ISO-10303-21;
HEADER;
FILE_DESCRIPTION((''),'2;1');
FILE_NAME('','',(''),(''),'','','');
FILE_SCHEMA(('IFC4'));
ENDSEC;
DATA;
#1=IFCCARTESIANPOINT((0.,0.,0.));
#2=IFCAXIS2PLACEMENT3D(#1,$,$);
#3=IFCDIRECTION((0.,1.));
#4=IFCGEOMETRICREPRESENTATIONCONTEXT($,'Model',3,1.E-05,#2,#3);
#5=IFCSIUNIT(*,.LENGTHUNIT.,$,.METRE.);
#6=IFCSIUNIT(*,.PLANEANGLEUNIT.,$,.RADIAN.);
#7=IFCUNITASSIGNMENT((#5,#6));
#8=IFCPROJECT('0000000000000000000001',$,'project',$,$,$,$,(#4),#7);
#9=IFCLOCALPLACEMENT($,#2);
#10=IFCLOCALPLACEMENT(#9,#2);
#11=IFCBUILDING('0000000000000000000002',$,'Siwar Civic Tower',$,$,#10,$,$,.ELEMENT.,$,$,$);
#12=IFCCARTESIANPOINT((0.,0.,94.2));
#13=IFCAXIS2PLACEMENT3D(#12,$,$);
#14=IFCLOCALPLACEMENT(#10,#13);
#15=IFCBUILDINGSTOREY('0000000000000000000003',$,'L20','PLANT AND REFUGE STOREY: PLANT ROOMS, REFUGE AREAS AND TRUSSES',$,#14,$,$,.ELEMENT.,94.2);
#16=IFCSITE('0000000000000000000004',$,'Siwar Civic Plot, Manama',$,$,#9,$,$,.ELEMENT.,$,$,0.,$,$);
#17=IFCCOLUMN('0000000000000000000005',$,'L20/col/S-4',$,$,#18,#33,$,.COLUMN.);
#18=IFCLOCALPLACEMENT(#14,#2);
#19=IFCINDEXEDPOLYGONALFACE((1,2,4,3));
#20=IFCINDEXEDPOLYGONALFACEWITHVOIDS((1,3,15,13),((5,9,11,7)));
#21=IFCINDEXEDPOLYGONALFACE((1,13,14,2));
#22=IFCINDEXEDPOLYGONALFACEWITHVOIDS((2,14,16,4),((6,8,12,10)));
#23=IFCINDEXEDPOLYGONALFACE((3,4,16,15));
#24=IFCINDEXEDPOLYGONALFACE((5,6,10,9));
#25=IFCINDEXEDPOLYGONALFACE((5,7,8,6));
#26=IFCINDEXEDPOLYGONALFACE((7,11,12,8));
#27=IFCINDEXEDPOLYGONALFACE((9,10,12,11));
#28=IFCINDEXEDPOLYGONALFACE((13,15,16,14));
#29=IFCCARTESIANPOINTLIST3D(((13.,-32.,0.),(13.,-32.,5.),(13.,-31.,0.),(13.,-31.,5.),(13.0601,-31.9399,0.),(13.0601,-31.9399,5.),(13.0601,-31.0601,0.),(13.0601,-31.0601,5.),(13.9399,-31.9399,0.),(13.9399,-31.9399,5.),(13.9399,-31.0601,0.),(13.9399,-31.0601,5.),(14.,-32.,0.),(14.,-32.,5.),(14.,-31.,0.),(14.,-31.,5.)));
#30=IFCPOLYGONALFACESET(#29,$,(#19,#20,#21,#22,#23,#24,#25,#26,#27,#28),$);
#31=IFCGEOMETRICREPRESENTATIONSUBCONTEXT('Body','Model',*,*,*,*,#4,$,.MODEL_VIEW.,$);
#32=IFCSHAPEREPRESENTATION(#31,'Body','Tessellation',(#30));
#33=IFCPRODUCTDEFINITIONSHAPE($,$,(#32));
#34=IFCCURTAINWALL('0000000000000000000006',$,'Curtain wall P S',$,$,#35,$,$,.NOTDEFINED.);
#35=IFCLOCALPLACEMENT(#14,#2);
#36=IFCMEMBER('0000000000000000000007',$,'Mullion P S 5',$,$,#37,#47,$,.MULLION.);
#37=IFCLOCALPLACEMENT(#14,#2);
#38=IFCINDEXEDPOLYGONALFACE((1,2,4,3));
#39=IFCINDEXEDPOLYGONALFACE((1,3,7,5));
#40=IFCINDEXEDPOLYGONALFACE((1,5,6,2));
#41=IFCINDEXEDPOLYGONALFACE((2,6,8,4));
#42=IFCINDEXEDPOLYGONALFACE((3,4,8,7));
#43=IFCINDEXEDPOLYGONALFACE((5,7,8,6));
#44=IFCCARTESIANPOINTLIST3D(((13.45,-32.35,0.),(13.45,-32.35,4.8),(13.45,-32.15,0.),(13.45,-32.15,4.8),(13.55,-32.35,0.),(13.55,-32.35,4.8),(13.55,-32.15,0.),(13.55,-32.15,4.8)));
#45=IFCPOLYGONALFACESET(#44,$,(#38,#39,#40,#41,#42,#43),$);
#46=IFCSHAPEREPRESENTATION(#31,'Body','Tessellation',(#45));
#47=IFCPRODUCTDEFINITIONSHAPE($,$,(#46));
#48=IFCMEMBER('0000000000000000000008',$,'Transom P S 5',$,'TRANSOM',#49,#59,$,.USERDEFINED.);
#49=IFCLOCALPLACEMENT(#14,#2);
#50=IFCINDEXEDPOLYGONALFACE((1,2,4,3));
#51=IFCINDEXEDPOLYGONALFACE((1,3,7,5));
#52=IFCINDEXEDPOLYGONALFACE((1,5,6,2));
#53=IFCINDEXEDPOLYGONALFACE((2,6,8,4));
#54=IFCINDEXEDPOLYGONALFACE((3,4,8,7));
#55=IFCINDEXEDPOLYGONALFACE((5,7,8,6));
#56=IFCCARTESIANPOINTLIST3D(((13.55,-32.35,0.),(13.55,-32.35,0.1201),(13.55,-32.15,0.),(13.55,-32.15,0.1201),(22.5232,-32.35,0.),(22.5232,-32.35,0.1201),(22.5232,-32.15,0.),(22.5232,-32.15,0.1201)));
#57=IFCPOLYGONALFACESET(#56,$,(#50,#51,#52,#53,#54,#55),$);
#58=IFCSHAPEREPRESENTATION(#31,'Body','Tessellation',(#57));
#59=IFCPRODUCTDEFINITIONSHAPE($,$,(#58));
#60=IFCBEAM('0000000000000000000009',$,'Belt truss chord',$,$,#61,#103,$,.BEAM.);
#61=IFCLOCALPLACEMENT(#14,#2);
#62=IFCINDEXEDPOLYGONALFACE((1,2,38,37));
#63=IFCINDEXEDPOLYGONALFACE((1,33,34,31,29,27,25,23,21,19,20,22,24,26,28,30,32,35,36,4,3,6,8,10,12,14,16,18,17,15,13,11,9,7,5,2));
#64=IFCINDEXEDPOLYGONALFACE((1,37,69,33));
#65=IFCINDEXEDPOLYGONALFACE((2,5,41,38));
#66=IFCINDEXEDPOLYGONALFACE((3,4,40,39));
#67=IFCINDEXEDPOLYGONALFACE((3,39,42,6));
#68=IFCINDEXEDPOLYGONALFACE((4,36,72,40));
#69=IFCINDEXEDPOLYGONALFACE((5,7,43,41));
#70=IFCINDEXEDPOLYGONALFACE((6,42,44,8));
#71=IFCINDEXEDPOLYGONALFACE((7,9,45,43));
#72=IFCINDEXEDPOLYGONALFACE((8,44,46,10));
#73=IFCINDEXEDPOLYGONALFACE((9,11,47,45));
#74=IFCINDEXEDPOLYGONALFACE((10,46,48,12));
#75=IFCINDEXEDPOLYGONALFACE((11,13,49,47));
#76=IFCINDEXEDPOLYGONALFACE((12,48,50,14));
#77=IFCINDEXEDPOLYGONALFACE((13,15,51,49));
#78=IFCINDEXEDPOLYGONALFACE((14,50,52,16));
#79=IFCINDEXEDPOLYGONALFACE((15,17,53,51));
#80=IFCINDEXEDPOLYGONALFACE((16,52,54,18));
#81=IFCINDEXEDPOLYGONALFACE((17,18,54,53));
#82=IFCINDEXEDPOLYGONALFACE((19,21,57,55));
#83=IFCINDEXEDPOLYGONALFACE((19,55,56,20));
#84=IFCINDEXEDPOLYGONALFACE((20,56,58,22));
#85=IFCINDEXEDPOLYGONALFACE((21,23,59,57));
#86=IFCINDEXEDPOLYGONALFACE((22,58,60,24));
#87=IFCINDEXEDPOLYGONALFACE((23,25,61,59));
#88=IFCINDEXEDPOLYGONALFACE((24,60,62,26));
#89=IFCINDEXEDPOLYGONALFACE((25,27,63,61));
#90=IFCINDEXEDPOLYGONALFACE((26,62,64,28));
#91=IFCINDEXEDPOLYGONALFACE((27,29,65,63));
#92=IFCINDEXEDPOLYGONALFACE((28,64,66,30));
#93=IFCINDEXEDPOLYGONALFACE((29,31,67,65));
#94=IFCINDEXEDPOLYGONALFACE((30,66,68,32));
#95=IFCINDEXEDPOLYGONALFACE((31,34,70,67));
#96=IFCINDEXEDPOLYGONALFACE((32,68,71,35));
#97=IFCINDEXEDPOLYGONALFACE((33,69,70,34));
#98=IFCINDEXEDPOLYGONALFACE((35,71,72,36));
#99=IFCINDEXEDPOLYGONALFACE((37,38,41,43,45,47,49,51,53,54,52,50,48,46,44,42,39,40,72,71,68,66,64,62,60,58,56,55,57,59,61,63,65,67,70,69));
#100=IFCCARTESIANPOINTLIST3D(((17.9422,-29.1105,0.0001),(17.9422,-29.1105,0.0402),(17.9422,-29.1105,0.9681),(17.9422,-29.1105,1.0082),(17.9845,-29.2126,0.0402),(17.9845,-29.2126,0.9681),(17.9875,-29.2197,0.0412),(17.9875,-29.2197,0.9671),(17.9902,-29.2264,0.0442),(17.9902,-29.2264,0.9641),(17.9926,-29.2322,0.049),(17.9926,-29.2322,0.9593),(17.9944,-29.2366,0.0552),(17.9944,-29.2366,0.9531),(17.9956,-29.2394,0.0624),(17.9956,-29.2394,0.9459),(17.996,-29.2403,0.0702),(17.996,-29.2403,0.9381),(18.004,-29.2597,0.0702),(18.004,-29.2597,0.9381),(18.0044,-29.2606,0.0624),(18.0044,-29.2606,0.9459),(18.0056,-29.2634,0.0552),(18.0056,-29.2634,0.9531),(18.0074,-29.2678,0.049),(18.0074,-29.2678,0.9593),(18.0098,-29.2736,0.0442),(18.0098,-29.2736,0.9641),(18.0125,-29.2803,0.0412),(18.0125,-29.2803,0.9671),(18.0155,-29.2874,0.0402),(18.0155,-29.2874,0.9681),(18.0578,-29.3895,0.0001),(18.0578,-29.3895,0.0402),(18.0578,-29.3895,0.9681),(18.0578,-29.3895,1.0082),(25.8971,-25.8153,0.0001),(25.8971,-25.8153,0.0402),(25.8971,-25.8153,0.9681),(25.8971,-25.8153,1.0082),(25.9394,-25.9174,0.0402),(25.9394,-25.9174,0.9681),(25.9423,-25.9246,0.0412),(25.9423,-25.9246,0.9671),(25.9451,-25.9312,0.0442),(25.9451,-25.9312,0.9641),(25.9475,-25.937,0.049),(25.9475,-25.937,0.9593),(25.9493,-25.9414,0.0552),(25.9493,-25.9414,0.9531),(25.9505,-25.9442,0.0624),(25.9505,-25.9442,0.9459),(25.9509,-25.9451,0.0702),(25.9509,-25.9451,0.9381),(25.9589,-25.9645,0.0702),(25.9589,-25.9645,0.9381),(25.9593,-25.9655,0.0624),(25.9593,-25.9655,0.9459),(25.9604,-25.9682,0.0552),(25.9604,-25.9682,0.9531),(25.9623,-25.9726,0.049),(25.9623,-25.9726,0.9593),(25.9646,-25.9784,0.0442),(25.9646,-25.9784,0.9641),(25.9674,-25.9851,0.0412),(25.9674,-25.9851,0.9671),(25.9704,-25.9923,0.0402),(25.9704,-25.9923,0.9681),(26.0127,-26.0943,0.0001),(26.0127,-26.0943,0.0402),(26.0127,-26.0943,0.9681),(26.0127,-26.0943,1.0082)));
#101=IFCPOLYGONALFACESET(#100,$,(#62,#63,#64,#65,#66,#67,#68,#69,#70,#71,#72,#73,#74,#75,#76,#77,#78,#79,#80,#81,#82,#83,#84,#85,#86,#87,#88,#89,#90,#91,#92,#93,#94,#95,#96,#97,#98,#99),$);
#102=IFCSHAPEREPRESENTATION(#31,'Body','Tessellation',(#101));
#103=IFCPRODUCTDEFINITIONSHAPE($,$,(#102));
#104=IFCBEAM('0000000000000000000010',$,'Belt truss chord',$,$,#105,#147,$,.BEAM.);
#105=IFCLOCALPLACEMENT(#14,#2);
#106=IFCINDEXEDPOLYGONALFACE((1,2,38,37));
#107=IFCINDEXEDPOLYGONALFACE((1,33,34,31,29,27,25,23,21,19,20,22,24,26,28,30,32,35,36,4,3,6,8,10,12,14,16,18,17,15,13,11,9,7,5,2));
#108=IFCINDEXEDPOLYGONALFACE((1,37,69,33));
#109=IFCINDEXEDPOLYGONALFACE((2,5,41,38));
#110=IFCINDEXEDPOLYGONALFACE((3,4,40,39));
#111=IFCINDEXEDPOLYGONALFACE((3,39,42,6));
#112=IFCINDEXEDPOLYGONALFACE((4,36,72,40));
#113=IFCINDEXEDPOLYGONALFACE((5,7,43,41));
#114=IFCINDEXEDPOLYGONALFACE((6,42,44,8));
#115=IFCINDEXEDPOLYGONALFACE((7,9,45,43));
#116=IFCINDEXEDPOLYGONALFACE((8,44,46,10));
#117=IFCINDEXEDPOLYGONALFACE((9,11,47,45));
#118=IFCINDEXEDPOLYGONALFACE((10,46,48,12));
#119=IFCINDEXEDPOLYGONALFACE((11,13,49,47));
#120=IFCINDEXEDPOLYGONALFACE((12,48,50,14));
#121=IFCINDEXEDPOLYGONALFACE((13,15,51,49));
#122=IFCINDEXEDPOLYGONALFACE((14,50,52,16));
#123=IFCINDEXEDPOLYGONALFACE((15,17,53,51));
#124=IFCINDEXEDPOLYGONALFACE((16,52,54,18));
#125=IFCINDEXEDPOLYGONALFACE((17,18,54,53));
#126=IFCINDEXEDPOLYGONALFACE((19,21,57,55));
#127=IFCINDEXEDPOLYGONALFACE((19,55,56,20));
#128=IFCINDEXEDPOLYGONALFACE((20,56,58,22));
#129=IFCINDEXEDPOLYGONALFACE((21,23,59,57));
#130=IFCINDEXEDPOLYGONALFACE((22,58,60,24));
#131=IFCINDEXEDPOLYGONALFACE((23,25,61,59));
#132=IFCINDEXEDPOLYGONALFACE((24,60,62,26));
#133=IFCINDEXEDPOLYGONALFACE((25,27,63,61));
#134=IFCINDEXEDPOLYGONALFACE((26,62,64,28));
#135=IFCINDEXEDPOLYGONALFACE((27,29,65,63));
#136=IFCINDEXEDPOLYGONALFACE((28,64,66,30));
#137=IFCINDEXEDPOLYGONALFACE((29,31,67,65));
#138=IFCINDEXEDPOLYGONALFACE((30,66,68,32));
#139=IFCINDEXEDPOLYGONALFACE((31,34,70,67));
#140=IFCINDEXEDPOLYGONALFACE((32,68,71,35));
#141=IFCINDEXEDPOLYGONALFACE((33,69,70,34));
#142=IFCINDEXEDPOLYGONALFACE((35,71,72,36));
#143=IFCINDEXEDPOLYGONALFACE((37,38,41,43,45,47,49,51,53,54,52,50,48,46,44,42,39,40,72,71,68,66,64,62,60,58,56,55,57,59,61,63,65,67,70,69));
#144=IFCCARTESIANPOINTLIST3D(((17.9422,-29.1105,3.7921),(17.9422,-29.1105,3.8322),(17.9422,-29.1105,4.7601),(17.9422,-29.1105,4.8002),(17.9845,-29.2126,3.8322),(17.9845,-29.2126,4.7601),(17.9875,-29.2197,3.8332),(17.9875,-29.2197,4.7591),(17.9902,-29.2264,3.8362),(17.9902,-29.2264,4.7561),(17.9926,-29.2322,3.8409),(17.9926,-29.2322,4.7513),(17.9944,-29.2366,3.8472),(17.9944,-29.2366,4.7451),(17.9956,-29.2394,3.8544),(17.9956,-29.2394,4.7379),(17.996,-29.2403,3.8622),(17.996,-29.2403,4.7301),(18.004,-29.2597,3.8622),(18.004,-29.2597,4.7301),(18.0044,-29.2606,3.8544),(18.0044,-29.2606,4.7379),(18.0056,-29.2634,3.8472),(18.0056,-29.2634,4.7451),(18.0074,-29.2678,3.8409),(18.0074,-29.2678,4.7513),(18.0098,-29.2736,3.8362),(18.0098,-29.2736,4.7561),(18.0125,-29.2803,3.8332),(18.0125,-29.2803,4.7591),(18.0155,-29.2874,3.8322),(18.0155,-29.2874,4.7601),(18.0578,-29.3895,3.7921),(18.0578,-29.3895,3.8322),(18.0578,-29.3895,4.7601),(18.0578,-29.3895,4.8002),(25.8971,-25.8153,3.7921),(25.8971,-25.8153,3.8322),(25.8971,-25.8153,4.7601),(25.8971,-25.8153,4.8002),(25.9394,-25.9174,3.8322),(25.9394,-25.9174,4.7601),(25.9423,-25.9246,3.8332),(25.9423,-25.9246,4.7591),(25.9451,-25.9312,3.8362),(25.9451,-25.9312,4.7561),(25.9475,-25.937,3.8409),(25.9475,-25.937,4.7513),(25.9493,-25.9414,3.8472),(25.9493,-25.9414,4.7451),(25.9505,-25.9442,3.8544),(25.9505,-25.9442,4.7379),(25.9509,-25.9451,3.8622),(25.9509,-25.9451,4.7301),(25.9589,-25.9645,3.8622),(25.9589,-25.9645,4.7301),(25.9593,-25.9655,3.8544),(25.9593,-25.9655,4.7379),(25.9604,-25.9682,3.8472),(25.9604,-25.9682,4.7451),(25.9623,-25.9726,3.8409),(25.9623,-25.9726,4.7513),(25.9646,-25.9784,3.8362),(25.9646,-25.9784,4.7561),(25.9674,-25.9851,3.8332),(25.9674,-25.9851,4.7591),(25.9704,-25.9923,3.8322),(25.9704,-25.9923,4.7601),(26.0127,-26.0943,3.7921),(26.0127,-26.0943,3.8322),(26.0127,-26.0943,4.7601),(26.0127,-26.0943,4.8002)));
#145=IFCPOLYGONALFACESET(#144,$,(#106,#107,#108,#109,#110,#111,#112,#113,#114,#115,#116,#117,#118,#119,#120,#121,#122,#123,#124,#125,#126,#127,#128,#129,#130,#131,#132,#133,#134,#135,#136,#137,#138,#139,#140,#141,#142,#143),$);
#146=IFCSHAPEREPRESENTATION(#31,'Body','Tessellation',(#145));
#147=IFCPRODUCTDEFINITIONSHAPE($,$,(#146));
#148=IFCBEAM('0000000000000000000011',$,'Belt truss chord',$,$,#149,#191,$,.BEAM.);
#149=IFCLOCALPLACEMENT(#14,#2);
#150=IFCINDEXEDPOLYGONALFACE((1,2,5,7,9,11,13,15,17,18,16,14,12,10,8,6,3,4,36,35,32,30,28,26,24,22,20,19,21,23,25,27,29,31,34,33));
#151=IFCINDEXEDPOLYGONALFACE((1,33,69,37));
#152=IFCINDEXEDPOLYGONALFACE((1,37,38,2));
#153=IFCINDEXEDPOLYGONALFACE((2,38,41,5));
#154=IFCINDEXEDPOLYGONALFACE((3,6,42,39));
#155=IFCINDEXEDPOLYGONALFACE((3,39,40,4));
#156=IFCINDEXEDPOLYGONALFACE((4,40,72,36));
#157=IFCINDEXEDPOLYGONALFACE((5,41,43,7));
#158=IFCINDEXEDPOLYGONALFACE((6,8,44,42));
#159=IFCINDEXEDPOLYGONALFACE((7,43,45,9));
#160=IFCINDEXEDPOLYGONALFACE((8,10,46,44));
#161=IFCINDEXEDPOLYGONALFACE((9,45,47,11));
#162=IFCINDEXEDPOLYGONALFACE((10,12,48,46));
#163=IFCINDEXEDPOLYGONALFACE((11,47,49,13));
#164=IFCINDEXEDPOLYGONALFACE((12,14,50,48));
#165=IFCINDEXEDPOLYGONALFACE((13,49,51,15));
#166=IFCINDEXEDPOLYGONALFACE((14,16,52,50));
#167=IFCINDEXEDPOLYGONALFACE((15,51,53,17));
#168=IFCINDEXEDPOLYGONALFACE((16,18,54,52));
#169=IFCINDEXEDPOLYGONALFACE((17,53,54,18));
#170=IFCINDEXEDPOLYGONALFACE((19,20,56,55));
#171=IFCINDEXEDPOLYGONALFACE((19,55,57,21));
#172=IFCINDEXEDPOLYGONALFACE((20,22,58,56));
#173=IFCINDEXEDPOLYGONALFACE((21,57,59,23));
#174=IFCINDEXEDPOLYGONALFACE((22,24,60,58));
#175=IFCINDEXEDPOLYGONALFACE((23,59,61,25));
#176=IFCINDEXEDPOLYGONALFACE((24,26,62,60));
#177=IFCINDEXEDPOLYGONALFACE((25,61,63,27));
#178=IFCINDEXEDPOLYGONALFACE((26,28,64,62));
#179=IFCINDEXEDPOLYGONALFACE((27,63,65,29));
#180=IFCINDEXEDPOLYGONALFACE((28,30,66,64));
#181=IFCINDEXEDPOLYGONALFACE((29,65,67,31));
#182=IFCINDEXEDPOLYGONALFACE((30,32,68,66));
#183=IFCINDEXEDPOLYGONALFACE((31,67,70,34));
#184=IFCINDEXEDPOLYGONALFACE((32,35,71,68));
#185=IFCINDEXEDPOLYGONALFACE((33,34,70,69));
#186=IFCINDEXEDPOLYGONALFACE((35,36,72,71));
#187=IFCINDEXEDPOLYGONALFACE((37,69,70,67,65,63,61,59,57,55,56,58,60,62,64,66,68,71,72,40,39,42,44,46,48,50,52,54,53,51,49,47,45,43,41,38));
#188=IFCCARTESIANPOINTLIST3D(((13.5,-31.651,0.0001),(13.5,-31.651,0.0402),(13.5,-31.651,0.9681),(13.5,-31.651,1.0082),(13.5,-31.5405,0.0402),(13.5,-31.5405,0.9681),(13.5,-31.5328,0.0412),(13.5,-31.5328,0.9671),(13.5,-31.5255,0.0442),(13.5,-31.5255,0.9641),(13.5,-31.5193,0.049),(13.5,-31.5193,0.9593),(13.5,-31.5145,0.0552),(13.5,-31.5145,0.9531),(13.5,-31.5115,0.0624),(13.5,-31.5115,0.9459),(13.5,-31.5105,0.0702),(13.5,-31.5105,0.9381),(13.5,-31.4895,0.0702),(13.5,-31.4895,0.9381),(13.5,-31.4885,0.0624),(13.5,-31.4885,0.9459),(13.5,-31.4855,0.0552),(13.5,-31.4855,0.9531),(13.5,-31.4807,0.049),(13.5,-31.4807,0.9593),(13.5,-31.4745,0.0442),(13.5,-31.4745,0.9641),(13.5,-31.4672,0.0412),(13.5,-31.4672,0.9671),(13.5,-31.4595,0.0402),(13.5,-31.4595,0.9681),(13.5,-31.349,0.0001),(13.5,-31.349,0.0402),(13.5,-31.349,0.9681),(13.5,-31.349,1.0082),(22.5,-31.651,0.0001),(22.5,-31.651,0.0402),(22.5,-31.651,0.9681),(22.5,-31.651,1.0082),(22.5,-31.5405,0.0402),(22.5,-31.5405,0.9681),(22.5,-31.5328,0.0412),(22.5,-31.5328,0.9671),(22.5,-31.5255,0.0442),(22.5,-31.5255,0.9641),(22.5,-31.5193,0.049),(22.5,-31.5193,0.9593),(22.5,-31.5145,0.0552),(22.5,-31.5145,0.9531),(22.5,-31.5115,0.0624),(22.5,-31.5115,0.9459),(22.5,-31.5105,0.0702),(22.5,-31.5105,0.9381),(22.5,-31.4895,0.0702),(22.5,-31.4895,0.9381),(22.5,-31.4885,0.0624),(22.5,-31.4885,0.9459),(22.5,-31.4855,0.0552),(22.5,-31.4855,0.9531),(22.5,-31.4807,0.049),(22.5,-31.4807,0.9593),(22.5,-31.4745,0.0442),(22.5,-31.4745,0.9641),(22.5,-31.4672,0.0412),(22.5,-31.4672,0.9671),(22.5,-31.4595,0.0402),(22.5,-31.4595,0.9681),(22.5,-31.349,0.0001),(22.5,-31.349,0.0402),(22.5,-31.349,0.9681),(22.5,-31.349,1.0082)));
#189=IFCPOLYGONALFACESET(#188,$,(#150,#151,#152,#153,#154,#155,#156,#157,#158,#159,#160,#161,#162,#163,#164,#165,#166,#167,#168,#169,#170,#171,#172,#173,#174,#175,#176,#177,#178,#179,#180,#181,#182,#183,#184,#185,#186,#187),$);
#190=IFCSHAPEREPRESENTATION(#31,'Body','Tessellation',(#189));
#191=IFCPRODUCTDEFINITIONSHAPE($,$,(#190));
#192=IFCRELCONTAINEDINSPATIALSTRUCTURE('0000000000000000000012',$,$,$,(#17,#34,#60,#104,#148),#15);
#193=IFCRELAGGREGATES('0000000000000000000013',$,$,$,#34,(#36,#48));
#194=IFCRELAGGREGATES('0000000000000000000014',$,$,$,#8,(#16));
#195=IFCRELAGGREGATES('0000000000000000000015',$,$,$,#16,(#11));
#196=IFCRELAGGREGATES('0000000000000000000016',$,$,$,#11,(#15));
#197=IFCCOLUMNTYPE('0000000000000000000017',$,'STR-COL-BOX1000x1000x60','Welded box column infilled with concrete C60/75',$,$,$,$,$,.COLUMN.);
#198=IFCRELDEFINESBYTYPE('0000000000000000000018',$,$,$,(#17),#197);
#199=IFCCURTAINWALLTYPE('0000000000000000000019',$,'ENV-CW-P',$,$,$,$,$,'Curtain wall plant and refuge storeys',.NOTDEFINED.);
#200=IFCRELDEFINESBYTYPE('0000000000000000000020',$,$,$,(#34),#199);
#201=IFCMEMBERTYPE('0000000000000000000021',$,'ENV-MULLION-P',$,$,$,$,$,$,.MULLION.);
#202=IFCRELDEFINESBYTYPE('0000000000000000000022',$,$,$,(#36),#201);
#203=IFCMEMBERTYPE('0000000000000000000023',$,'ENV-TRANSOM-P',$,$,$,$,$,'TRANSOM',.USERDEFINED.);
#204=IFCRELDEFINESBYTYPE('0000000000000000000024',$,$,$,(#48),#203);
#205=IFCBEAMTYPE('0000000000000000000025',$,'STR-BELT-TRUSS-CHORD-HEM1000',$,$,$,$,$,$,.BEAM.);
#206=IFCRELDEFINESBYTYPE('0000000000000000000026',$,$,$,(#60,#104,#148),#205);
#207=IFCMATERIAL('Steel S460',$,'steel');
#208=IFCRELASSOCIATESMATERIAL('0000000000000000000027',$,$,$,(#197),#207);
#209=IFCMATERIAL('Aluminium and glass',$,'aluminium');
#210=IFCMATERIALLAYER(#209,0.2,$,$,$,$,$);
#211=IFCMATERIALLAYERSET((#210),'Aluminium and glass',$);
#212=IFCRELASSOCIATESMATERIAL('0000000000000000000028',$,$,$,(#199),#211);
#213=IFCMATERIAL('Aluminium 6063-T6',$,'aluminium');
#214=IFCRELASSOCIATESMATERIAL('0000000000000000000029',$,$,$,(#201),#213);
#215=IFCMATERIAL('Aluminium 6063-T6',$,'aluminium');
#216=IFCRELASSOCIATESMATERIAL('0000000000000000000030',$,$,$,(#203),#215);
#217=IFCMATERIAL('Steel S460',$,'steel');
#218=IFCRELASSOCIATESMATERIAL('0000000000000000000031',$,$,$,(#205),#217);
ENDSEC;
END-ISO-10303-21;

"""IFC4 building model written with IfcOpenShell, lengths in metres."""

from ifc_helpers import new_model, si_unit, direction, frame, origin, origin_2d, place, context, subcontext, project, spatial, rectangle, hollow_rectangle, i_section, extrude, material, layer, layer_set, material_profile, profile_set, type_object, element, aggregate, save


model = new_model("IFC4")

# Units and contexts
model_context = context("Model", 3, precision=1e-05, world=origin(), true_north=direction((0.0, 1.0)))
body_context = subcontext(model_context, "Body", "Model", "MODEL_VIEW")
ifc_project = project(units=[si_unit("LENGTHUNIT", "METRE"), si_unit("PLANEANGLEUNIT", "RADIAN")], contexts=[model_context])

# Site, building, storey
site_placement = place(None, origin())
site = spatial("IfcSite", under=ifc_project, at=site_placement, Name="Siwar Civic Plot, Manama", CompositionType="ELEMENT", RefElevation=0.0)
building_placement = place(site_placement, origin())
building = spatial("IfcBuilding", under=site, at=building_placement, Name="Siwar Civic Tower", CompositionType="ELEMENT")
storey_placement = place(building_placement, frame((0.0, 0.0, 94.2)))
storey = spatial("IfcBuildingStorey", under=building, at=storey_placement, Name="L20", Description="PLANT AND REFUGE STOREY: PLANT ROOMS, REFUGE AREAS AND TRUSSES", CompositionType="ELEMENT", Elevation=94.2)

# Column
ifc_material_1 = material(Name="Steel S460", Category="steel")
ifc_material_profile_1 = material_profile(ifc_material_1, hollow_rectangle(XDim=1.0, YDim=1.0, WallThickness=0.0601, at=origin_2d()), Name="BOX1000x1000x60")
ifc_profile_set_1 = profile_set([ifc_material_profile_1], Name="Steel S460")
column_type = type_object("IfcColumnType", Name="STR-COL-BOX1000x1000x60", Description="Welded box column infilled with concrete C60/75", PredefinedType="COLUMN", material=ifc_profile_set_1)
column_placement = place(storey_placement, frame((13.5, -31.5, 0.0), z_axis=(0.0, 0.0, 1.0), x_axis=(1.0, 0.0, 0.0)))
element("IfcColumn", 1, at=column_placement, inside=storey, type_object=column_type, Name="L20/col/S-4", PredefinedType="COLUMN", context=body_context, shape_type="SweptSolid", body=[
    extrude(hollow_rectangle(XDim=1.0, YDim=1.0, WallThickness=0.0601, at=origin_2d()), origin(), (0.0, 0.0, 1.0), 5.0),
])

# Curtain wall, members
ifc_material_2 = material(Name="Aluminium and glass", Category="aluminium")
ifc_layer_1 = layer(ifc_material_2, 0.2)
ifc_layer_set_1 = layer_set([ifc_layer_1], Name="Aluminium and glass")
curtain_wall_type = type_object("IfcCurtainWallType", Name="ENV-CW-P", ElementType="Curtain wall plant and refuge storeys", PredefinedType="NOTDEFINED", material=ifc_layer_set_1)
curtain_wall_placement = place(storey_placement, origin())
curtain_wall = element("IfcCurtainWall", 2, at=curtain_wall_placement, inside=storey, type_object=curtain_wall_type, Name="Curtain wall P S", PredefinedType="NOTDEFINED")
ifc_material_3 = material(Name="Aluminium 6063-T6", Category="aluminium")
ifc_material_profile_2 = material_profile(ifc_material_3, rectangle(XDim=0.2, YDim=0.1001, at=origin_2d()), Name="AL 200x100")
ifc_profile_set_2 = profile_set([ifc_material_profile_2], Name="Aluminium 6063-T6")
member_type_1 = type_object("IfcMemberType", Name="ENV-MULLION-P", PredefinedType="MULLION", material=ifc_profile_set_2)
member_1_placement = place(storey_placement, frame((13.5, -32.25, 0.0), z_axis=(0.0, 0.0, 1.0), x_axis=(0.0, 1.0, 0.0)))
member_1 = element("IfcMember", 3, at=member_1_placement, type_object=member_type_1, Name="Mullion P S 5", PredefinedType="MULLION", context=body_context, shape_type="SweptSolid", body=[
    extrude(rectangle(XDim=0.2, YDim=0.1001, at=origin_2d()), origin(), (0.0, 0.0, 1.0), 4.8),
])
ifc_material_4 = material(Name="Aluminium 6063-T6", Category="aluminium")
ifc_material_profile_3 = material_profile(ifc_material_4, rectangle(XDim=0.2, YDim=0.1201, at=origin_2d()), Name="AL 200x120")
ifc_profile_set_3 = profile_set([ifc_material_profile_3], Name="Aluminium 6063-T6")
member_type_2 = type_object("IfcMemberType", Name="ENV-TRANSOM-P", ElementType="TRANSOM", PredefinedType="USERDEFINED", material=ifc_profile_set_3)
member_2_placement = place(storey_placement, frame((13.55, -32.25, 0.0601), z_axis=(1.0, 0.0, 0.0), x_axis=(0.0, 1.0, 0.0)))
member_2 = element("IfcMember", 4, at=member_2_placement, type_object=member_type_2, Name="Transom P S 5", ObjectType="TRANSOM", PredefinedType="USERDEFINED", context=body_context, shape_type="SweptSolid", body=[
    extrude(rectangle(XDim=0.2, YDim=0.1201, at=origin_2d()), origin(), (0.0, 0.0, 1.0), 8.9731),
])

# Beams
ifc_material_5 = material(Name="Steel S460", Category="steel")
ifc_material_profile_4 = material_profile(ifc_material_5, i_section(OverallWidth=0.302, OverallDepth=1.0081, WebThickness=0.021, FlangeThickness=0.04, FilletRadius=0.03, at=origin_2d()), Name="HEM1000")
ifc_profile_set_4 = profile_set([ifc_material_profile_4], Name="Steel S460")
beam_type_1 = type_object("IfcBeamType", Name="STR-BELT-TRUSS-CHORD-HEM1000", PredefinedType="BEAM", material=ifc_profile_set_4)
for number, where, z_axis, x_axis, name in (
    (5, (18.0, -29.25, 0.5042), (0.923873, 0.3827, 0.0), (-0.3827, 0.923873, 0.0), "Belt truss chord"),
    (6, (18.0, -29.25, 4.2961), (0.923873, 0.3827, 0.0), (-0.3827, 0.923873, 0.0), "Belt truss chord"),
):
    element("IfcBeam", number, at=place(storey_placement, frame(where, z_axis=z_axis, x_axis=x_axis)), inside=storey, type_object=beam_type_1, Name=name, PredefinedType="BEAM", context=body_context, shape_type="SweptSolid", body=[
        extrude(i_section(OverallWidth=0.302, OverallDepth=1.0081, WebThickness=0.021, FlangeThickness=0.04, FilletRadius=0.03, at=origin_2d()), origin(), (0.0, 0.0, 1.0), 8.6104),
    ])
for number, where, z_axis, x_axis, name in (
    (7, (13.5, -31.5, 0.5042), (1.0, 0.0, 0.0), (0.0, 1.0, 0.0), "Belt truss chord"),
):
    element("IfcBeam", number, at=place(storey_placement, frame(where, z_axis=z_axis, x_axis=x_axis)), inside=storey, type_object=beam_type_1, Name=name, PredefinedType="BEAM", context=body_context, shape_type="SweptSolid", body=[
        extrude(i_section(OverallWidth=0.302, OverallDepth=1.0081, WebThickness=0.021, FlangeThickness=0.04, FilletRadius=0.03, at=origin_2d()), origin(), (0.0, 0.0, 1.0), 9.0),
    ])

aggregate(curtain_wall, [member_1, member_2])

save(model, "model.ifc")
